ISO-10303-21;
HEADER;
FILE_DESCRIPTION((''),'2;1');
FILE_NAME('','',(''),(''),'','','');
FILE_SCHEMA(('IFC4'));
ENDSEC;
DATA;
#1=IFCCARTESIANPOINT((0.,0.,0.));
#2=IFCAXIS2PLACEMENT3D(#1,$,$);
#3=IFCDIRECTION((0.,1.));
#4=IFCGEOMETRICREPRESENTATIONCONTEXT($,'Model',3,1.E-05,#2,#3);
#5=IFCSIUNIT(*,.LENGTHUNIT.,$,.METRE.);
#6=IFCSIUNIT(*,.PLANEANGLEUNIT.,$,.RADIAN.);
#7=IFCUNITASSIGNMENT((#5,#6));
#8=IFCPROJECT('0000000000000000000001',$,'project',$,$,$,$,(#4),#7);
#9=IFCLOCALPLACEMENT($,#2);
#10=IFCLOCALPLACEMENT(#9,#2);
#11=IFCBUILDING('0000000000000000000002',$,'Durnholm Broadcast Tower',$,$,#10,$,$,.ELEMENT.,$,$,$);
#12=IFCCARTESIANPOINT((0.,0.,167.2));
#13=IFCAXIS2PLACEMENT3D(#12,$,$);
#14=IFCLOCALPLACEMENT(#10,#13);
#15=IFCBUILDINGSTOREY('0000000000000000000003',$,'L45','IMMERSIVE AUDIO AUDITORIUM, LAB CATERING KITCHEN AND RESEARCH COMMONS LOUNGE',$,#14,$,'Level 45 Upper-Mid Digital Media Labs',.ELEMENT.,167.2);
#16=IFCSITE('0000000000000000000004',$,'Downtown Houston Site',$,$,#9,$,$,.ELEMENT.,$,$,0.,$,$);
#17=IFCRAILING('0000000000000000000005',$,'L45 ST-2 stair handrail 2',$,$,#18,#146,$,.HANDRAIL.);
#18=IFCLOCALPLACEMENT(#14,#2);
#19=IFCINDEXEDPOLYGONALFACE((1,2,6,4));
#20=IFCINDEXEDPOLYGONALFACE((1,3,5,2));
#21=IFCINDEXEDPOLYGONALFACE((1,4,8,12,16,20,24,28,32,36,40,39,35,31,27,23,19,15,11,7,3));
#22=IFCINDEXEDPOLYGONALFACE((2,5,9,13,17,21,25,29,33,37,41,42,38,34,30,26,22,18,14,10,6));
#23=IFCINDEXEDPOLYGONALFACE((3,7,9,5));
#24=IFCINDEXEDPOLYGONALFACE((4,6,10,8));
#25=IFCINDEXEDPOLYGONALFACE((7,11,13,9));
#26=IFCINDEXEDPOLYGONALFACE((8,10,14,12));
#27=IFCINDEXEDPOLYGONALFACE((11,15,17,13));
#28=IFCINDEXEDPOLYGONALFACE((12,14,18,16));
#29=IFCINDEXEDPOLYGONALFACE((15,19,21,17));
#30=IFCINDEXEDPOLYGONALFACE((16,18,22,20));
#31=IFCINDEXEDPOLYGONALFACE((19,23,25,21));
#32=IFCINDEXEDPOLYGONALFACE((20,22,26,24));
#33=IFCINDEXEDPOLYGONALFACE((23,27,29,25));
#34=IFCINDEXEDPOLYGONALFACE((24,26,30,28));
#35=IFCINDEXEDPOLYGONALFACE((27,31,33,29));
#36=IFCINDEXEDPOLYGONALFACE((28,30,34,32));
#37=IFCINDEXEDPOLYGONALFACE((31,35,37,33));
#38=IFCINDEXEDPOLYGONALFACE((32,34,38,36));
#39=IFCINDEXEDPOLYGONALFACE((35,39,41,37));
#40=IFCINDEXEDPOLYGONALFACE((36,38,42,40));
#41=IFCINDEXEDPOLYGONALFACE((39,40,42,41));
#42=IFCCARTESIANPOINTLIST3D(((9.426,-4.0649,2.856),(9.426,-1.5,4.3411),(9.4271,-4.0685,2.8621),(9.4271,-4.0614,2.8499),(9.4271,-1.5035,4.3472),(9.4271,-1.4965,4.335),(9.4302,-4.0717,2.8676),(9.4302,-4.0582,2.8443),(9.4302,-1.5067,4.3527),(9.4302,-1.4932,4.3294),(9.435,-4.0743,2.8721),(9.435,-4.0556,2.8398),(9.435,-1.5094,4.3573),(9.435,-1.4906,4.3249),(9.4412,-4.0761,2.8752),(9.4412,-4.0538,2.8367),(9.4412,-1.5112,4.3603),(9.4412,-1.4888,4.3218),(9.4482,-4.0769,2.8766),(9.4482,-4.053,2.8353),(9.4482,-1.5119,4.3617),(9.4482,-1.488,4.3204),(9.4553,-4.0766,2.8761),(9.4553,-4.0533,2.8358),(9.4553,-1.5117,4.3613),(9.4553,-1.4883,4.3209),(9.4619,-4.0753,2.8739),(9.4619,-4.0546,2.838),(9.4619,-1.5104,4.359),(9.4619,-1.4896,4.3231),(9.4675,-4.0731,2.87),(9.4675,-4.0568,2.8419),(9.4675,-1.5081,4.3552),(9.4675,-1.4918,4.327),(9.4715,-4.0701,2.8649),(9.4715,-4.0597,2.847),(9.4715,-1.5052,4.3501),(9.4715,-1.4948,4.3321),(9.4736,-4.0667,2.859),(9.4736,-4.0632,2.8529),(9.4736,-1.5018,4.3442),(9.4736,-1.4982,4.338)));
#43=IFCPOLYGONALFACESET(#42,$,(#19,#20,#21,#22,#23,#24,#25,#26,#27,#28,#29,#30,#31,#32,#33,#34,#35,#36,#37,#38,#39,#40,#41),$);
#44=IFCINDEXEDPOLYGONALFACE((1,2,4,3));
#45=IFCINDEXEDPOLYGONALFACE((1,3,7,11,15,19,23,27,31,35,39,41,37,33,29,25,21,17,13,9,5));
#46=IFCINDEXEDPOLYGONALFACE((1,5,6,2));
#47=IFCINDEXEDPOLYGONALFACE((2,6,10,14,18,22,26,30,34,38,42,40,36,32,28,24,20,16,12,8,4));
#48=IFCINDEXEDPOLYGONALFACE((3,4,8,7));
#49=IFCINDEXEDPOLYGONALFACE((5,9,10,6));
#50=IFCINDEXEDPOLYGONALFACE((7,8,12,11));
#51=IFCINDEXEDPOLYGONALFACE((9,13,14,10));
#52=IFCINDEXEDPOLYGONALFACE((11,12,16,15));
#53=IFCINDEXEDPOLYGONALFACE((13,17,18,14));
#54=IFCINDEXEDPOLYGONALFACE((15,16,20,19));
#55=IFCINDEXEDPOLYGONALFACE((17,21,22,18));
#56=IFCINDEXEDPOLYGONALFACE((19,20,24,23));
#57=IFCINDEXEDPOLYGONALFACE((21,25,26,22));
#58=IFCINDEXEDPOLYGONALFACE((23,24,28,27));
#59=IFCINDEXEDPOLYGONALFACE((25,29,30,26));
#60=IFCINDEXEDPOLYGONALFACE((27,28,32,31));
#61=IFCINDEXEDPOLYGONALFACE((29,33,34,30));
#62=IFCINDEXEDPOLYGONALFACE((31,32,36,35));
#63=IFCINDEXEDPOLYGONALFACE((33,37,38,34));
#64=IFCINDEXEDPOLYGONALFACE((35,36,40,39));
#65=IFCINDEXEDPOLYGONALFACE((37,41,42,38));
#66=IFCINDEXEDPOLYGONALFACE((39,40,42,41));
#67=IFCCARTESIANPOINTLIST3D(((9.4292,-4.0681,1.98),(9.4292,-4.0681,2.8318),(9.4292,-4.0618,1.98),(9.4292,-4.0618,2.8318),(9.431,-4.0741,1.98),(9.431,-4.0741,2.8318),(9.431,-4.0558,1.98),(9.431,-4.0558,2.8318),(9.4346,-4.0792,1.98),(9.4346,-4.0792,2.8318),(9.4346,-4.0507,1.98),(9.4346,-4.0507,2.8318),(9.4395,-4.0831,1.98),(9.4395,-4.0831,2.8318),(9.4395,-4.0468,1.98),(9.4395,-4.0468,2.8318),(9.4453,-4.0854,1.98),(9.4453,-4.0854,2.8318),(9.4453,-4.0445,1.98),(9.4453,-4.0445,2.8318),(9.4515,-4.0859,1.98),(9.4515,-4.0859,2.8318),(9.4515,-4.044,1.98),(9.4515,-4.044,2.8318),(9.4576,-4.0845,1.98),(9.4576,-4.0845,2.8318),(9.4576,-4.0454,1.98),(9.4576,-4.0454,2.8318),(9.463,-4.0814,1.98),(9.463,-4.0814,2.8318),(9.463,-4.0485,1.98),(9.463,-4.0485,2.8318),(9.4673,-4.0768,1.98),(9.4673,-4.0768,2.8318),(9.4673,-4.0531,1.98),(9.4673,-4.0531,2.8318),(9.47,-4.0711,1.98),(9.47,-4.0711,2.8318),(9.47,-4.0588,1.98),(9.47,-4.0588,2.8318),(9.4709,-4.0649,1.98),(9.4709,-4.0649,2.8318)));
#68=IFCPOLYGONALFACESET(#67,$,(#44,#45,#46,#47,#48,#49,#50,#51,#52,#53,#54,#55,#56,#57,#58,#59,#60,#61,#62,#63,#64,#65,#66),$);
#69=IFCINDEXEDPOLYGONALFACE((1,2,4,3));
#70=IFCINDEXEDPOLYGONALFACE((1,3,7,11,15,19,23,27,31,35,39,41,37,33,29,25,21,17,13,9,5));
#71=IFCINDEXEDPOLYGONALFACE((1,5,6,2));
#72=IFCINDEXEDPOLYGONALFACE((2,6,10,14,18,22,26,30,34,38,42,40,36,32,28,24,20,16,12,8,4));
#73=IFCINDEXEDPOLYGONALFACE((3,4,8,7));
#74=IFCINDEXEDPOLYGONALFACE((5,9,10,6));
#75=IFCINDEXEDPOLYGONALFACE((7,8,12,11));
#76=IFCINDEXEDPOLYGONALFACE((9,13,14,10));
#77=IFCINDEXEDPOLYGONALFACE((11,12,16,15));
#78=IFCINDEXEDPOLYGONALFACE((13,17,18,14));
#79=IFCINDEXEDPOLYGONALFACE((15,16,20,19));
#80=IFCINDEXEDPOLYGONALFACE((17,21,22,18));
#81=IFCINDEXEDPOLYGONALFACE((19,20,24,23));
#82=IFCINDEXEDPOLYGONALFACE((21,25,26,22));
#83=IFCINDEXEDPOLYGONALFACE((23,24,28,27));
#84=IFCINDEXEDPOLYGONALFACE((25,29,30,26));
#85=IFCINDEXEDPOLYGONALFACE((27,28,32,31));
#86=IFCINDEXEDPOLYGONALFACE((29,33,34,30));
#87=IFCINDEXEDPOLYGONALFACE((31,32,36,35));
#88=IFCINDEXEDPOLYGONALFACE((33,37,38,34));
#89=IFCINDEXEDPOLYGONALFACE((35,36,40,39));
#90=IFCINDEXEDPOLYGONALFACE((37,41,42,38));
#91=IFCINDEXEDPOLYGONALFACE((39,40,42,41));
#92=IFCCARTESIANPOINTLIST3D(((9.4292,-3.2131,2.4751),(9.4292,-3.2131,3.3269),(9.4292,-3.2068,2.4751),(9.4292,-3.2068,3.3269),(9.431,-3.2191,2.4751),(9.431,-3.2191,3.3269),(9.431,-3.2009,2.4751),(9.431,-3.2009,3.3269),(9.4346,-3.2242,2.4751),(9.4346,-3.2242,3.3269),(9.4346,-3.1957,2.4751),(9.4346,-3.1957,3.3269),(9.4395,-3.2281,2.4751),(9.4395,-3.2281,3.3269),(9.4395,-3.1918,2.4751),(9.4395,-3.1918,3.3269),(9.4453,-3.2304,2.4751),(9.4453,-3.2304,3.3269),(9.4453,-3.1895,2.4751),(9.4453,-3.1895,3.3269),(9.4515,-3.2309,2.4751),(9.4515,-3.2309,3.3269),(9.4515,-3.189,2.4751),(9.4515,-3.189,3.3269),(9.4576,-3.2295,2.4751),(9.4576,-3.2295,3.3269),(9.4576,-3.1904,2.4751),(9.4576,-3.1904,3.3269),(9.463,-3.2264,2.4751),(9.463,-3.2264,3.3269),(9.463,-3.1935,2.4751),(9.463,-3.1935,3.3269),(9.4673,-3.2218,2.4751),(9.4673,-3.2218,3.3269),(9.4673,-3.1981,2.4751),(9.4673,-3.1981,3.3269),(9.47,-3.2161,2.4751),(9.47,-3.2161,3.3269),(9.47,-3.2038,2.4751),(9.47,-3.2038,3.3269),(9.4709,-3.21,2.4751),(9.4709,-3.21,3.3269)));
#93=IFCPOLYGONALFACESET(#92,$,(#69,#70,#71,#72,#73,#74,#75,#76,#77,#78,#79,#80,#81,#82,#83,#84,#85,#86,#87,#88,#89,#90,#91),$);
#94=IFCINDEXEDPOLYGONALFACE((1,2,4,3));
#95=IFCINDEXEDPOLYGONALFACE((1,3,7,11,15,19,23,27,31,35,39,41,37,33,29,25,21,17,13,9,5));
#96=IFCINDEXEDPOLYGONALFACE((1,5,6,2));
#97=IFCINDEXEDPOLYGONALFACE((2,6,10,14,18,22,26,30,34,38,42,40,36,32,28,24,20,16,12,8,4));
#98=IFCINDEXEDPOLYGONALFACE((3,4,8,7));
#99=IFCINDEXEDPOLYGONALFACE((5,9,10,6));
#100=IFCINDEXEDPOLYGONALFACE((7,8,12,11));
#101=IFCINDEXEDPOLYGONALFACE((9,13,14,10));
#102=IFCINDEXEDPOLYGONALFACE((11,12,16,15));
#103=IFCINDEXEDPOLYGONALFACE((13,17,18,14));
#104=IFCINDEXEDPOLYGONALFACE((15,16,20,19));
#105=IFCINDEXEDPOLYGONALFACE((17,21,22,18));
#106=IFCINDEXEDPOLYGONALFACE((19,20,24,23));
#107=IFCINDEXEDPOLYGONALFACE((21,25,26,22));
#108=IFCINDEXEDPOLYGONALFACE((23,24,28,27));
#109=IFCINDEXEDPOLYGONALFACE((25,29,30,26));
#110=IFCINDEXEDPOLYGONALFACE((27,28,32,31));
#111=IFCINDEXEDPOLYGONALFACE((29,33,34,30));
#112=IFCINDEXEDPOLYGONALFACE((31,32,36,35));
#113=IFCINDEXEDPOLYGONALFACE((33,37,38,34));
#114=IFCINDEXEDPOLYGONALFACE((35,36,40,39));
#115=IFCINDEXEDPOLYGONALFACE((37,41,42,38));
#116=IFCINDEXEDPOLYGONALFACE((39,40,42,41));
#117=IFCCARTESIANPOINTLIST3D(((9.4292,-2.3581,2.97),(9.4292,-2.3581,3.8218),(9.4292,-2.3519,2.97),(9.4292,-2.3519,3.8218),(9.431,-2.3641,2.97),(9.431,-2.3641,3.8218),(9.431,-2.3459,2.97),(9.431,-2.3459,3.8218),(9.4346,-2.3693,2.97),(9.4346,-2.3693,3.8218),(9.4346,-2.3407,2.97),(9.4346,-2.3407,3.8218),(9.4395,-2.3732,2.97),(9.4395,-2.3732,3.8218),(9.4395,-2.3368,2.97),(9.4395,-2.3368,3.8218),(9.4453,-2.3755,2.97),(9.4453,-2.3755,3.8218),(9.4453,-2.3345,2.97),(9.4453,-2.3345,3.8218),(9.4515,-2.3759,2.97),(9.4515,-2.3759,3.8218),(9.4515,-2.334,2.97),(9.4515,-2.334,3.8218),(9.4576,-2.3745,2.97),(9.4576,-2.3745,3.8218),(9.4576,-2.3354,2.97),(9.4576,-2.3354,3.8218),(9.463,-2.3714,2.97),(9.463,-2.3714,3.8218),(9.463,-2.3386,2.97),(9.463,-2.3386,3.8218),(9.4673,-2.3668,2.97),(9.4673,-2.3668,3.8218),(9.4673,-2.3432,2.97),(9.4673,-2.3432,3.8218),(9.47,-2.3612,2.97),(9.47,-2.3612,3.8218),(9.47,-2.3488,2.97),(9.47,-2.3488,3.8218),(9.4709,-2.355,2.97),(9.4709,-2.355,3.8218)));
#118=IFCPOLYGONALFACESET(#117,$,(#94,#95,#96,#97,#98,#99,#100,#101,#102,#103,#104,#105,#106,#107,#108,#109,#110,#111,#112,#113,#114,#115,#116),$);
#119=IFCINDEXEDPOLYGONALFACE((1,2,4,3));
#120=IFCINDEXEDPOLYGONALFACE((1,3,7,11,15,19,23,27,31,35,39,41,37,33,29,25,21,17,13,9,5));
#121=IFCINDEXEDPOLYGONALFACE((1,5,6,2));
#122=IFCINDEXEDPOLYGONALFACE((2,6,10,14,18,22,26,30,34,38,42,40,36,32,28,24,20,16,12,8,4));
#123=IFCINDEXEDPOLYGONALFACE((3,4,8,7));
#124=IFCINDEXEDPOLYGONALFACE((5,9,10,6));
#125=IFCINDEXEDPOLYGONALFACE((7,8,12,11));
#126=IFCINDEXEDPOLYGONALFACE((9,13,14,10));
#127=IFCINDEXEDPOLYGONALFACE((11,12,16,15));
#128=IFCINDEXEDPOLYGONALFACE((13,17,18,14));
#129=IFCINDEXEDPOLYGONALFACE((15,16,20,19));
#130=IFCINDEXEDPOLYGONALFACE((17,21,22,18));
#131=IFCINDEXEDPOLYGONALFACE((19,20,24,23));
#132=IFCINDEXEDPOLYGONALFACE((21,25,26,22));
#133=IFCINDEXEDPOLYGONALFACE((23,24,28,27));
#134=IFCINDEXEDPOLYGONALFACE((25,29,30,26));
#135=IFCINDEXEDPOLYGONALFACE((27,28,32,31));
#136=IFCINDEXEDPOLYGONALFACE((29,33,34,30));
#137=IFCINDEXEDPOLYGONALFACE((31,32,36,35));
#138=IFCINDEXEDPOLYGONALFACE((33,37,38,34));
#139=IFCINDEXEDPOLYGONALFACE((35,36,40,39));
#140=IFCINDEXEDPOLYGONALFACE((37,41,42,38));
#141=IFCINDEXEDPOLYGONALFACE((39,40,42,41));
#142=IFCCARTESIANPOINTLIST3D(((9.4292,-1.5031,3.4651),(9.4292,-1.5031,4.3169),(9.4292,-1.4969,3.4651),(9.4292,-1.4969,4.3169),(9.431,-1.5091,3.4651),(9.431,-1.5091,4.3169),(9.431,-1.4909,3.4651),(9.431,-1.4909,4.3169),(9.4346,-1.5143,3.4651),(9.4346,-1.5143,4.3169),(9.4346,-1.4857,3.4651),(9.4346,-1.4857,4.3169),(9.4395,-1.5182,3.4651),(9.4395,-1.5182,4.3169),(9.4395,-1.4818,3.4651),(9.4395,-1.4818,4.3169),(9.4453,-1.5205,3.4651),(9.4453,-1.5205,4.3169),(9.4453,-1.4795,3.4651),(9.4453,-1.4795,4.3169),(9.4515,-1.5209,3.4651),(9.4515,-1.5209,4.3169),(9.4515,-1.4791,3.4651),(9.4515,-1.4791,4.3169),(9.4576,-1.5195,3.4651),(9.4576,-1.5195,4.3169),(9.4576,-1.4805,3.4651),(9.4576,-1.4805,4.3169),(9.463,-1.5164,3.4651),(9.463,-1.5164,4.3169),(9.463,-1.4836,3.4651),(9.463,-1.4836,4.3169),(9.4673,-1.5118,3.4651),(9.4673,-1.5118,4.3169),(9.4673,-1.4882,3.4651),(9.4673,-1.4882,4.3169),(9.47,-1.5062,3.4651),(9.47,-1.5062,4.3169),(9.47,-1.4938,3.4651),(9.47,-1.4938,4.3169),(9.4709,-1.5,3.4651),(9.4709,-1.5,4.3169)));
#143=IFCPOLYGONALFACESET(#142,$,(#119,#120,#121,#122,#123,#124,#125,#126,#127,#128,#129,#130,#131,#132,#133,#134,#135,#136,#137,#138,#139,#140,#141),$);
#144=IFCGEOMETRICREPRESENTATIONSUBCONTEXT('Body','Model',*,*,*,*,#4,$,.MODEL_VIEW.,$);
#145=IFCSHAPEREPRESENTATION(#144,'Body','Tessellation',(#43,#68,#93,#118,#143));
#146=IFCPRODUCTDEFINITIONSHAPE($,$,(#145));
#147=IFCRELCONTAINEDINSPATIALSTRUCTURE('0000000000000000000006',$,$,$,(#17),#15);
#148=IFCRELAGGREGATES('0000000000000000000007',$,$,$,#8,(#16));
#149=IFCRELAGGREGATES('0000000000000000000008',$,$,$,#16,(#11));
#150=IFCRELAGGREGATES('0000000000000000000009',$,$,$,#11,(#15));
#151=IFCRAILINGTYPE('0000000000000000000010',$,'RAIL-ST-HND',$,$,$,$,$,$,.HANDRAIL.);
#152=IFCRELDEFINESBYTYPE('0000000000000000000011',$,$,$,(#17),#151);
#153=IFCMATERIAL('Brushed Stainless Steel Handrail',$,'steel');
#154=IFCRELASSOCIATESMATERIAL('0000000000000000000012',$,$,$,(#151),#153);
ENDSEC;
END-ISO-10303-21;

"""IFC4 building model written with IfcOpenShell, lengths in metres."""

from ifc_helpers import new_model, si_unit, direction, frame, origin, origin_2d, place, context, subcontext, project, spatial, circle, extrude, material, type_object, element, save


model = new_model("IFC4")

# Units and contexts
model_context = context("Model", 3, precision=1e-05, world=origin(), true_north=direction((0.0, 1.0)))
body_context = subcontext(model_context, "Body", "Model", "MODEL_VIEW")
ifc_project = project(units=[si_unit("LENGTHUNIT", "METRE"), si_unit("PLANEANGLEUNIT", "RADIAN")], contexts=[model_context])

# Site, building, storey
site_placement = place(None, origin())
site = spatial("IfcSite", under=ifc_project, at=site_placement, Name="Downtown Houston Site", CompositionType="ELEMENT", RefElevation=0.0)
building_placement = place(site_placement, origin())
building = spatial("IfcBuilding", under=site, at=building_placement, Name="Durnholm Broadcast Tower", CompositionType="ELEMENT")
storey_placement = place(building_placement, frame((0.0, 0.0, 167.2)))
storey = spatial("IfcBuildingStorey", under=building, at=storey_placement, Name="L45", Description="IMMERSIVE AUDIO AUDITORIUM, LAB CATERING KITCHEN AND RESEARCH COMMONS LOUNGE", LongName="Level 45 Upper-Mid Digital Media Labs", CompositionType="ELEMENT", Elevation=167.2)

# Railing
ifc_material_1 = material(Name="Brushed Stainless Steel Handrail", Category="steel")
railing_type_1 = type_object("IfcRailingType", Name="RAIL-ST-HND", PredefinedType="HANDRAIL", material=ifc_material_1)
railing_1_placement = place(storey_placement, frame((9.45, -4.0649, 1.98)))
element("IfcRailing", 1, at=railing_1_placement, inside=storey, type_object=railing_type_1, Name="L45 ST-2 stair handrail 2", PredefinedType="HANDRAIL", context=body_context, shape_type="SweptSolid", body=[
    extrude(circle(Radius=0.0239, at=origin_2d()), frame((0.0, 0.0, 0.876), z_axis=(0.0, 0.865406, 0.501072), x_axis=(-1.0, 0.0, 0.0)), (0.0, 0.0, 1.0), 2.9639),
    extrude(circle(Radius=0.021, at=origin_2d()), origin(), (0.0, 0.0, 1.0), 0.8518),
    extrude(circle(Radius=0.021, at=origin_2d()), frame((0.0, 0.855, 0.4951)), (0.0, 0.0, 1.0), 0.8518),
    extrude(circle(Radius=0.021, at=origin_2d()), frame((0.0, 1.71, 0.99)), (0.0, 0.0, 1.0), 0.8518),
    extrude(circle(Radius=0.021, at=origin_2d()), frame((0.0, 2.5649, 1.4851)), (0.0, 0.0, 1.0), 0.8518),
])

save(model, "model.ifc")
